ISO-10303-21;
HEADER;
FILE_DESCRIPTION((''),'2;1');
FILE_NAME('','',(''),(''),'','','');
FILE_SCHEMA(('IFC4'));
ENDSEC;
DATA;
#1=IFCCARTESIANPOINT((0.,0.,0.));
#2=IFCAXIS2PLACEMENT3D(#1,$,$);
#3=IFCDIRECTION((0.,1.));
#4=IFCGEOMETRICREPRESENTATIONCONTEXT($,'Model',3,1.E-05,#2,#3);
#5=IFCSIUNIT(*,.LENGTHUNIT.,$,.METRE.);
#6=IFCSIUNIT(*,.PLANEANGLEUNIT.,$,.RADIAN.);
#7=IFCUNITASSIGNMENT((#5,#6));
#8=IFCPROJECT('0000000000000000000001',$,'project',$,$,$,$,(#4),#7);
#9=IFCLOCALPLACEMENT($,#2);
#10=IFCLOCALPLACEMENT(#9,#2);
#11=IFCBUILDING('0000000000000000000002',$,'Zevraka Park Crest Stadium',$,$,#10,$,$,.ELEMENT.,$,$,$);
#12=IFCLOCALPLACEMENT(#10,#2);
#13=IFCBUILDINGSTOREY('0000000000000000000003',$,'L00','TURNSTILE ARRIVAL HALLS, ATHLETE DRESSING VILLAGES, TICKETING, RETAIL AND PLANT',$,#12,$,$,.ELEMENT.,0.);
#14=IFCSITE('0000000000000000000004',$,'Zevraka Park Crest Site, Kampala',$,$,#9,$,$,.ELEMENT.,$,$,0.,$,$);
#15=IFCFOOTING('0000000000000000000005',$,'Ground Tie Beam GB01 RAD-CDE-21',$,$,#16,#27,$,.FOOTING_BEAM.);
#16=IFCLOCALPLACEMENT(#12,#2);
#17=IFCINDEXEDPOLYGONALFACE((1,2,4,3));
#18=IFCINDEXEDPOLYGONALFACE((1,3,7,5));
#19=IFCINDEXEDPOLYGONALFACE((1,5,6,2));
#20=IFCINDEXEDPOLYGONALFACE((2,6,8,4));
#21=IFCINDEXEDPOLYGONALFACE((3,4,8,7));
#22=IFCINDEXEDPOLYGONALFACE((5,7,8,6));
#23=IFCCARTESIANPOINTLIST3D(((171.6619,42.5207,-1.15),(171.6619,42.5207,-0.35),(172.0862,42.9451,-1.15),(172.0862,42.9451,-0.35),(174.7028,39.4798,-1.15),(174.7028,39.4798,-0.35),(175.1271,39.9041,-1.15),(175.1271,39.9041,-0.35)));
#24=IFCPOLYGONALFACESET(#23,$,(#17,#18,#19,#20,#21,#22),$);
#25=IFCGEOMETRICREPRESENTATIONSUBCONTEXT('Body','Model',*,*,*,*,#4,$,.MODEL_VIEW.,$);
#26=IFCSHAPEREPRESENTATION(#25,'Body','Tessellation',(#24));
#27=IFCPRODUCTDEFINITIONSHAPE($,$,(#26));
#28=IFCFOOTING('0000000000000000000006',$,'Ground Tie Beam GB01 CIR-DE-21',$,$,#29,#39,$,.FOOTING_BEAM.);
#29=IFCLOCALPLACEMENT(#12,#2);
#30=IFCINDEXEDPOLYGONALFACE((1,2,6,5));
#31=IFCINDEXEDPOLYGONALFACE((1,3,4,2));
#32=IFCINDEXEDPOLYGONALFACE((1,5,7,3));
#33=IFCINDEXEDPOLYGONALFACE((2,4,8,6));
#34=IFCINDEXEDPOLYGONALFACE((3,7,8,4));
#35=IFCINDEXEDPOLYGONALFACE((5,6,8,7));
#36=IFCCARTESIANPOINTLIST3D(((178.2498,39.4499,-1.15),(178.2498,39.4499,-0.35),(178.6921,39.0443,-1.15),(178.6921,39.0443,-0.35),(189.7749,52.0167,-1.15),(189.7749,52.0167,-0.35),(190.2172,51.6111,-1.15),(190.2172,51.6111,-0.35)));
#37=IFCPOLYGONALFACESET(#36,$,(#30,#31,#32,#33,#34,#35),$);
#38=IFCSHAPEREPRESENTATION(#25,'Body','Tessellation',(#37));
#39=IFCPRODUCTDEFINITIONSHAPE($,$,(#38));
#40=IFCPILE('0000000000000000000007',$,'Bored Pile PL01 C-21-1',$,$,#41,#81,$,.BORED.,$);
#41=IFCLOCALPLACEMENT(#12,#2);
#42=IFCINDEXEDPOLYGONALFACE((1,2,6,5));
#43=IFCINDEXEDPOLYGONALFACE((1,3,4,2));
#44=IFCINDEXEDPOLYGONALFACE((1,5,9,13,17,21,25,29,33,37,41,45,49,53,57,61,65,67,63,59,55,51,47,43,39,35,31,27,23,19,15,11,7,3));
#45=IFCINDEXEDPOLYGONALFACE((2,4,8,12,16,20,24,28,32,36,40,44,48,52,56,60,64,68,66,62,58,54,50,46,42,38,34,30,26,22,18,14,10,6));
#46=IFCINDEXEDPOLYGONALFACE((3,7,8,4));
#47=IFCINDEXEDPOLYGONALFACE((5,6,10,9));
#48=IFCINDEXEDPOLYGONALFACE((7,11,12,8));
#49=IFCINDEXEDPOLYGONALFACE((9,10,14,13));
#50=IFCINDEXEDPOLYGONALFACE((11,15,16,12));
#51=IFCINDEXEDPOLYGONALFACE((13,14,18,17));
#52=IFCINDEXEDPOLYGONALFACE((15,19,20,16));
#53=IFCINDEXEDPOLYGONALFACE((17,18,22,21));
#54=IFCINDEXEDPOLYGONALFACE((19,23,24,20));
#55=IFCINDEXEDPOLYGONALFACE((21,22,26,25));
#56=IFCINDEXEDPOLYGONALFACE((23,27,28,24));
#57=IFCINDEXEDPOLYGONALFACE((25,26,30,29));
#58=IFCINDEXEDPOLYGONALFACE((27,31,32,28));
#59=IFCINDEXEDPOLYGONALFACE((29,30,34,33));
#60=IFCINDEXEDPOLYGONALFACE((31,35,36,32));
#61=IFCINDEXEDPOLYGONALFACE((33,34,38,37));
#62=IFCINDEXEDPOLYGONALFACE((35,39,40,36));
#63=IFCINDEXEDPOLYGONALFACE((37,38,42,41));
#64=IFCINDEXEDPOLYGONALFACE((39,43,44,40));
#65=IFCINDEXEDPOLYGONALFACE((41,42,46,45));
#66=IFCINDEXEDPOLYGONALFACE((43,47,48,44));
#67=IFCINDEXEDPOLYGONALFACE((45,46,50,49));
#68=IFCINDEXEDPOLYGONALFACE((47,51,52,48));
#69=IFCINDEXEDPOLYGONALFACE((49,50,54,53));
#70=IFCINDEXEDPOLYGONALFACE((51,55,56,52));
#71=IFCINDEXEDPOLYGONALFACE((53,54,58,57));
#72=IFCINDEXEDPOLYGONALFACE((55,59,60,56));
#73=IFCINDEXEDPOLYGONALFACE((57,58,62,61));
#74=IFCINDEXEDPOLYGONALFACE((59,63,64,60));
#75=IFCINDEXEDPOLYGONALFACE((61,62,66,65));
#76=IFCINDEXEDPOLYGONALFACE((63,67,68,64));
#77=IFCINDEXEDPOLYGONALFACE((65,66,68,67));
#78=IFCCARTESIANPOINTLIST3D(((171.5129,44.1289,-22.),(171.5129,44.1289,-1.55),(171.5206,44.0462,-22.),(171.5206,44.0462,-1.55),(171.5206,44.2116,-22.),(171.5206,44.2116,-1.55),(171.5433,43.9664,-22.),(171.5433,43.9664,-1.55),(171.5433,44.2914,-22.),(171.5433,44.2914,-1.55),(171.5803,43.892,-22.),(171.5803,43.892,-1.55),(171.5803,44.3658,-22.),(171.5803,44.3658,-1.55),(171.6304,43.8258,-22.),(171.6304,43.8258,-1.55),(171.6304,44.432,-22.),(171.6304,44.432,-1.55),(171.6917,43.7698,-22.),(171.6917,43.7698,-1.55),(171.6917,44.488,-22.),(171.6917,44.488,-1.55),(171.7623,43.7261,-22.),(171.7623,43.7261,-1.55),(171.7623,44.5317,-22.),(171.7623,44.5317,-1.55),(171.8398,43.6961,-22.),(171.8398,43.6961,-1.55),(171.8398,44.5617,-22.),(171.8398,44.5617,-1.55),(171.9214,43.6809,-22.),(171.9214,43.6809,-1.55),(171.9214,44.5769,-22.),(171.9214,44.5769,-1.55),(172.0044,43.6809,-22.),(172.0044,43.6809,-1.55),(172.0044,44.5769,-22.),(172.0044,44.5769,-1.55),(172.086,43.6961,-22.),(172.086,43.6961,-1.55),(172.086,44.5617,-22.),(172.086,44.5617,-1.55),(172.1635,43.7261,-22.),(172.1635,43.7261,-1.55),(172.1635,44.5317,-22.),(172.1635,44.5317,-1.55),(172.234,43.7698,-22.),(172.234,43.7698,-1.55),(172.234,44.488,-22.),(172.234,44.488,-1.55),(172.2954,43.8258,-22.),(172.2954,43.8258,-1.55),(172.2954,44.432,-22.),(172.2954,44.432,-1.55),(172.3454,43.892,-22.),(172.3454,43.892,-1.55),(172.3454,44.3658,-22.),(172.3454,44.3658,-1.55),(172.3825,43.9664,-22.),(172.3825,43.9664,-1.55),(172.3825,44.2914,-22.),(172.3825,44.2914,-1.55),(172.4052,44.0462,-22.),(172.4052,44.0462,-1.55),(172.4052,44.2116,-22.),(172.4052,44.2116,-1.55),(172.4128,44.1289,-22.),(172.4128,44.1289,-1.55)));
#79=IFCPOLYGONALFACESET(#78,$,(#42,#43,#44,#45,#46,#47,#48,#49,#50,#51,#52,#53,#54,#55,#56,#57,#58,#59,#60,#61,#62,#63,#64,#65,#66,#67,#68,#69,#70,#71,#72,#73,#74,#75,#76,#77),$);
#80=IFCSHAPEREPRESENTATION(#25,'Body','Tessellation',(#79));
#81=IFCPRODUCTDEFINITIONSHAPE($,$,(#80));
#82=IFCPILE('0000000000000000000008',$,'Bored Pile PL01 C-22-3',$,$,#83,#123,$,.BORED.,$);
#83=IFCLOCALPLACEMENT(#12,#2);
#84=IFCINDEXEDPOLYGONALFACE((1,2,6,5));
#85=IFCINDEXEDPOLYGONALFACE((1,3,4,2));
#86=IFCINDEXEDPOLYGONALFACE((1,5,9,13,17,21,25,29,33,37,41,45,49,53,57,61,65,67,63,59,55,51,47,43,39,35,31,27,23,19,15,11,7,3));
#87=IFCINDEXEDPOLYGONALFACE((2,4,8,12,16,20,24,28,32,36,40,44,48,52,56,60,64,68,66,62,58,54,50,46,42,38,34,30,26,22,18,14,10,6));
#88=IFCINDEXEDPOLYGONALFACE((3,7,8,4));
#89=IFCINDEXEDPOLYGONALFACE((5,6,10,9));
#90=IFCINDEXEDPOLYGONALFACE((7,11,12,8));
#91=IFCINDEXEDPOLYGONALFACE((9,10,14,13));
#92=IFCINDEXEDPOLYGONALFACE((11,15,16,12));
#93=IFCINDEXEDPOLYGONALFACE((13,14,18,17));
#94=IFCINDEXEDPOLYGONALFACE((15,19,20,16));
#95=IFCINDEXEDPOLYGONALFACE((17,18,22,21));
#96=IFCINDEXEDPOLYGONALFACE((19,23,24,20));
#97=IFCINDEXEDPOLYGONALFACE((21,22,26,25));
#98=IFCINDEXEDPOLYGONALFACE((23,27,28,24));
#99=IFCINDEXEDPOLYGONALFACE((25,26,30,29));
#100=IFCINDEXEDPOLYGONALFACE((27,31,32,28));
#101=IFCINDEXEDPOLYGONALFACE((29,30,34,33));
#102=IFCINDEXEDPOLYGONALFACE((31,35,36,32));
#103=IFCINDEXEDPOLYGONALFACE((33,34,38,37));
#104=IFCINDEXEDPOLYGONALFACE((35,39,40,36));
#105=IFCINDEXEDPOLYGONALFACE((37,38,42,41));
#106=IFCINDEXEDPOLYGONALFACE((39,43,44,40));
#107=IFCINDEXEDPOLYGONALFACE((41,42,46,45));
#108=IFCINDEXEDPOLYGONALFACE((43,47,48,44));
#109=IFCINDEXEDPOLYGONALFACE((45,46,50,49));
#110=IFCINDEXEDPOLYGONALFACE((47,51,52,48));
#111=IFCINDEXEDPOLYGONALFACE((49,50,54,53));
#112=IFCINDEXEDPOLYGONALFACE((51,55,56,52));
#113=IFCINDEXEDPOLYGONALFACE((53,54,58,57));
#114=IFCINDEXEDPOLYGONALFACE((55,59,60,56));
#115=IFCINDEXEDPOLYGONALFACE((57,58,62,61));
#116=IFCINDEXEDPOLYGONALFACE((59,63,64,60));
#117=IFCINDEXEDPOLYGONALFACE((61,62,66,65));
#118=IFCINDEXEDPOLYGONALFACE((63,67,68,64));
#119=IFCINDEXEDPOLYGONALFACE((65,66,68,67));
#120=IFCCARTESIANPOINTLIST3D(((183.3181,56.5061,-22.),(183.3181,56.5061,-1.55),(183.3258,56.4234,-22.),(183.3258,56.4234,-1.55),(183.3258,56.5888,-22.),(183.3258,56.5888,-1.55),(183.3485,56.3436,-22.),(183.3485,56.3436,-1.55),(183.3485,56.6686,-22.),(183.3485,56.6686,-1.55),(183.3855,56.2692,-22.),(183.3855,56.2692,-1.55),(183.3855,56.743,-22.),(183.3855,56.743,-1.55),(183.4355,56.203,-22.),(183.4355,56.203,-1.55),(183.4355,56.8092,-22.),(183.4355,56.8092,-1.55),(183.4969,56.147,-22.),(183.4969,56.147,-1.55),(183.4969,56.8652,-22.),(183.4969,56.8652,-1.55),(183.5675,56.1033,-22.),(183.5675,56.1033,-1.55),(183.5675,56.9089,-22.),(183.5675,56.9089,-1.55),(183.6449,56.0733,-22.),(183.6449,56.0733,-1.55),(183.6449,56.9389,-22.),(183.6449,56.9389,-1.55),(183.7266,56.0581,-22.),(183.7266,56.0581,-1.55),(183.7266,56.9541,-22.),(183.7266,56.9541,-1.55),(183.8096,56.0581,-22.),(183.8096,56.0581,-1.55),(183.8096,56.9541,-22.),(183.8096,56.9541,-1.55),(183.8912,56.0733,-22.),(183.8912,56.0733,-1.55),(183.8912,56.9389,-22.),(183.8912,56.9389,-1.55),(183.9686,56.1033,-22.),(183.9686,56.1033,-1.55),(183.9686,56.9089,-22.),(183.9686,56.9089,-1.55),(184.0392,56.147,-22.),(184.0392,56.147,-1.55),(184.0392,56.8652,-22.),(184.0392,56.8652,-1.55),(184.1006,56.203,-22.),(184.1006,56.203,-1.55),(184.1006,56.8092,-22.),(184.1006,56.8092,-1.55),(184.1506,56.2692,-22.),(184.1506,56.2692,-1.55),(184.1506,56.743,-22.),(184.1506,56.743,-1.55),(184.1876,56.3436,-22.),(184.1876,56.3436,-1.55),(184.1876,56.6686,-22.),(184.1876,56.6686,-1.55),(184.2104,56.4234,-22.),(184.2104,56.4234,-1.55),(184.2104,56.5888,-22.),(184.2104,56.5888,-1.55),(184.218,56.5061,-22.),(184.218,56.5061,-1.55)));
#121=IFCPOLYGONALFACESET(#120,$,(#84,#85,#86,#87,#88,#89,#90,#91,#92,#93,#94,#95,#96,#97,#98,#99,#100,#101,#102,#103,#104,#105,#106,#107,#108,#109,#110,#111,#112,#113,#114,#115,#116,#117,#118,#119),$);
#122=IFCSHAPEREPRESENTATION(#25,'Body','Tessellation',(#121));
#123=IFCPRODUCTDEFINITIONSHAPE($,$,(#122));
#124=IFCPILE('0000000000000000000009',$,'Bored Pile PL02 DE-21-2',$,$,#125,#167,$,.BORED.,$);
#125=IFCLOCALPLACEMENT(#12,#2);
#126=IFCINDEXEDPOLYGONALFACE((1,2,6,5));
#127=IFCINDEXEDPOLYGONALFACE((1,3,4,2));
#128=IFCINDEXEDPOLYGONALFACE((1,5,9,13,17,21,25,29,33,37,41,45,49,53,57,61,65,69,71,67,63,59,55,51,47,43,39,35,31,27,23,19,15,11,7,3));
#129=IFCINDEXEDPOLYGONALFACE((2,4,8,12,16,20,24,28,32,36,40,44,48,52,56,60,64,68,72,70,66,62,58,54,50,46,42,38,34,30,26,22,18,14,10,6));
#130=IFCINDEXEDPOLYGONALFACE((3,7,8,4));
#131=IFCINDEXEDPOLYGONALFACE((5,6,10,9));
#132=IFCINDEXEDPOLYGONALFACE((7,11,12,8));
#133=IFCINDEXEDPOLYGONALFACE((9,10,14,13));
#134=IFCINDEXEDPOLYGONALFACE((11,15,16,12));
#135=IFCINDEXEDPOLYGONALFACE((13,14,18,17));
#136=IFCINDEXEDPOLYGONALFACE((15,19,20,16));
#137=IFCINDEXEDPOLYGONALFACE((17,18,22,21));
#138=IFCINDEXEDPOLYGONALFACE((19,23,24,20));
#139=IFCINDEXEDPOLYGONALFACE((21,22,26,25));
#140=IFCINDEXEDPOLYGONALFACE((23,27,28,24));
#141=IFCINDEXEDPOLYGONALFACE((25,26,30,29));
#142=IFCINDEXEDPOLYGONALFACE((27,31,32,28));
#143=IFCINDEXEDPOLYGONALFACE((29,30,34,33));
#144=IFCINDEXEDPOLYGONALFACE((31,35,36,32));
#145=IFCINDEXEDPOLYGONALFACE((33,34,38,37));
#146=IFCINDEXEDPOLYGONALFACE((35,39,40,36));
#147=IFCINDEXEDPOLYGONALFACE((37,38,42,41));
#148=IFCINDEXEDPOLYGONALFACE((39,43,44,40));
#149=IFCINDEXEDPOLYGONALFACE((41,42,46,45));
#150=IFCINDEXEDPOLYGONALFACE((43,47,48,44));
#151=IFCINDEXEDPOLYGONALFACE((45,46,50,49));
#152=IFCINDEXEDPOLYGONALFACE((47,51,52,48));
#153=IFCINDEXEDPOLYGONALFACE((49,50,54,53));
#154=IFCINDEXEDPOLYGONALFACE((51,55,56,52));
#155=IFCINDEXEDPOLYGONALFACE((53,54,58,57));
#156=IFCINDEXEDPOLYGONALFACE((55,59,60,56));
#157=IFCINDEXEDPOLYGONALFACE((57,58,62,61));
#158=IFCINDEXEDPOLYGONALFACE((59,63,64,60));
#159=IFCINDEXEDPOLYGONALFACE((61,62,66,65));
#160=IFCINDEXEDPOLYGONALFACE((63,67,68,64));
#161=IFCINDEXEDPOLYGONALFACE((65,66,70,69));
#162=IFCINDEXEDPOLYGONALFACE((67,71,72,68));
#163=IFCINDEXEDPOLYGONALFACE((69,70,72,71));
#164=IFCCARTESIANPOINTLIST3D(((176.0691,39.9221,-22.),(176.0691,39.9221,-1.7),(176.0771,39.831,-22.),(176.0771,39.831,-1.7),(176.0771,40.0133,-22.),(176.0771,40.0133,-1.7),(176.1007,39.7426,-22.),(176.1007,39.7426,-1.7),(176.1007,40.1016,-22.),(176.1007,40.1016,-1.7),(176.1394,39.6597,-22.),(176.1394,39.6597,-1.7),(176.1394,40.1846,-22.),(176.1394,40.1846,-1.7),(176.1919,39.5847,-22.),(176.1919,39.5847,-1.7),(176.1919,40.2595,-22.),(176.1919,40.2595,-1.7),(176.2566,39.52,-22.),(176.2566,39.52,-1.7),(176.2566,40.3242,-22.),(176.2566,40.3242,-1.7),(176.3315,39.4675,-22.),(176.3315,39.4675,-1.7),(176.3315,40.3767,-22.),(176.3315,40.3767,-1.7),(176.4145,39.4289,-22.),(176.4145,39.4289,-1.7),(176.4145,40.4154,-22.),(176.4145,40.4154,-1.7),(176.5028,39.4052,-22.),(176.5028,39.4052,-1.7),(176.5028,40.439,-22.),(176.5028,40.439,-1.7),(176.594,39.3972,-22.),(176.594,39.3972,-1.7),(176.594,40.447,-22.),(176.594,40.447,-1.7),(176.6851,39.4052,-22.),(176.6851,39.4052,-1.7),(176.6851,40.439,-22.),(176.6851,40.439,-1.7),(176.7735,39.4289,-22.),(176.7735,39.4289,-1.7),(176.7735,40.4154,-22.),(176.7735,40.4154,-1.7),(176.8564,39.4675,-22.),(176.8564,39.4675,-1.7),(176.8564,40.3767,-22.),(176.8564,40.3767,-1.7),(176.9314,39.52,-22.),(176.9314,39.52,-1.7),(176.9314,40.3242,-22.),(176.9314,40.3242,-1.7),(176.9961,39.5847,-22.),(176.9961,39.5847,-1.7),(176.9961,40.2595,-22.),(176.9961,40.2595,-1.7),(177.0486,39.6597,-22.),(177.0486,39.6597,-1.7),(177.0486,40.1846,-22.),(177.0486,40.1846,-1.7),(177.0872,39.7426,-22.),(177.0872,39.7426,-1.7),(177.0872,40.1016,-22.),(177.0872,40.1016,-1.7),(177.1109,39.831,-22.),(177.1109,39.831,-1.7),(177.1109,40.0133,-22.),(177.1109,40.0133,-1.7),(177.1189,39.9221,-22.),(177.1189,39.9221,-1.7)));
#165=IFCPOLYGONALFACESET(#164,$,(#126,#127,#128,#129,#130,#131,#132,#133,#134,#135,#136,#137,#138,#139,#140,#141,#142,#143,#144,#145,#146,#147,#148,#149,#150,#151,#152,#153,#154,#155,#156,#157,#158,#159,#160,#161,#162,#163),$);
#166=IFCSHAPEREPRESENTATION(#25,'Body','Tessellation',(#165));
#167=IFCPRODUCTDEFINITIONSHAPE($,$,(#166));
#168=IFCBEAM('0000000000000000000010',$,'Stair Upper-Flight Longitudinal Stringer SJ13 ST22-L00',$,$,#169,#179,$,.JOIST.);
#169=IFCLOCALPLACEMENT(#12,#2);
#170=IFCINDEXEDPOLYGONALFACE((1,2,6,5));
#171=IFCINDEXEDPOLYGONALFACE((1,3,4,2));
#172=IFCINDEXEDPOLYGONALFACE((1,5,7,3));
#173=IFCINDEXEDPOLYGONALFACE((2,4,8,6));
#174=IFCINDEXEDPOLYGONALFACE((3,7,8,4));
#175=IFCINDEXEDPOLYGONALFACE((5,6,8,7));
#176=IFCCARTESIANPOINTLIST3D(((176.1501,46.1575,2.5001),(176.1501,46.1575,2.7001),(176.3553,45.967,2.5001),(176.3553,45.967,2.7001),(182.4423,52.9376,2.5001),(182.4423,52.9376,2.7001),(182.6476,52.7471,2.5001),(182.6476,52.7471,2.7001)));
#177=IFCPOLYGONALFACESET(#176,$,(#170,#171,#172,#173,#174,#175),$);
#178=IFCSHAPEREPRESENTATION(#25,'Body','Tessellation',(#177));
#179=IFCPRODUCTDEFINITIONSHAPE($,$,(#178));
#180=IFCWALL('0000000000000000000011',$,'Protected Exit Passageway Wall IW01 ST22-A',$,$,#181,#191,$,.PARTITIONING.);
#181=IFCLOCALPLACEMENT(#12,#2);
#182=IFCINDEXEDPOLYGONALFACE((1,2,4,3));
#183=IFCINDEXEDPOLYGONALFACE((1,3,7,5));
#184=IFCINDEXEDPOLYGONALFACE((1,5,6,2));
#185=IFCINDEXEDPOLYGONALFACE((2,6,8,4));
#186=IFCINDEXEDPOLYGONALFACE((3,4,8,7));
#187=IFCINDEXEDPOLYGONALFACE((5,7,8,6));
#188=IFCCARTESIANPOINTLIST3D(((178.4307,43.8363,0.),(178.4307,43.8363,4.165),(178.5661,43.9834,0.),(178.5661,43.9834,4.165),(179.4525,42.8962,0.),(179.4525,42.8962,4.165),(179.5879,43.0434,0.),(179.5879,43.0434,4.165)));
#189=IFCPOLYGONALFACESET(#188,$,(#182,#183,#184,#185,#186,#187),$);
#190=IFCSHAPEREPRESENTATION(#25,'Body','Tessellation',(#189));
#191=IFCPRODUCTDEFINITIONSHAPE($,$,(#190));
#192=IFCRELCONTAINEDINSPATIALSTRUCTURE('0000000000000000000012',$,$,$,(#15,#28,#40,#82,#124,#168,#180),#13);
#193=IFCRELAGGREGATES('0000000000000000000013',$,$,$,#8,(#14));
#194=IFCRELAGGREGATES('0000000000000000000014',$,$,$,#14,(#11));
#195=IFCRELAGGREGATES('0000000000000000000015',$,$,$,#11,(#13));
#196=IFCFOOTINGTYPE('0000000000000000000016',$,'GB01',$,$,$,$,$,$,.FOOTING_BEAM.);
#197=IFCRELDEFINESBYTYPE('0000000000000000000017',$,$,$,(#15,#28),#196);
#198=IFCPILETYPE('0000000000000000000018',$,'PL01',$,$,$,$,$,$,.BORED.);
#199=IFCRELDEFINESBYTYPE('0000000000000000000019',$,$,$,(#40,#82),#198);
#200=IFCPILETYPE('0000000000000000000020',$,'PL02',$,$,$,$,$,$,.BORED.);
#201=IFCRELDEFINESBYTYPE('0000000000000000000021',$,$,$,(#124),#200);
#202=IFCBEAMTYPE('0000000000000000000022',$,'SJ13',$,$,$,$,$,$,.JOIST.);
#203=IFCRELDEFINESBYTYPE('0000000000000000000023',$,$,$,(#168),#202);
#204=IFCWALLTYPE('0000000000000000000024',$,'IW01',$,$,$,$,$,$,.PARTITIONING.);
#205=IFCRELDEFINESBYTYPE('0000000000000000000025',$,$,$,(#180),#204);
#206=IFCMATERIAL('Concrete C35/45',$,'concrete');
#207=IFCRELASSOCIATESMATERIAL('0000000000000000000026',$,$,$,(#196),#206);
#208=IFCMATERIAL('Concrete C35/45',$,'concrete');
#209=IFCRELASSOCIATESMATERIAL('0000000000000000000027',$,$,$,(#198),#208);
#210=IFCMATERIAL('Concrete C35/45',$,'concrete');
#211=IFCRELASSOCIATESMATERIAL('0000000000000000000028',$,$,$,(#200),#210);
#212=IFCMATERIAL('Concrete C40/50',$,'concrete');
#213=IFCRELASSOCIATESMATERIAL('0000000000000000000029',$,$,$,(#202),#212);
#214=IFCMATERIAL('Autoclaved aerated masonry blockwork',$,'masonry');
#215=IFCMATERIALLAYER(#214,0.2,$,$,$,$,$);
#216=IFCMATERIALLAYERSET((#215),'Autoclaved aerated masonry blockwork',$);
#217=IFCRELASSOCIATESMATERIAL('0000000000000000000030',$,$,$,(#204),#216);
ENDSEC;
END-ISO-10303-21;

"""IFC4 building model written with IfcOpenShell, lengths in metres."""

from ifc_helpers import new_model, si_unit, direction, frame, frame_2d, origin, origin_2d, place, context, subcontext, project, spatial, rectangle, circle, extrude, material, layer, layer_set, material_profile, profile_set, type_object, element, save


model = new_model("IFC4")

# Units and contexts
model_context = context("Model", 3, precision=1e-05, world=origin(), true_north=direction((0.0, 1.0)))
body_context = subcontext(model_context, "Body", "Model", "MODEL_VIEW")
ifc_project = project(units=[si_unit("LENGTHUNIT", "METRE"), si_unit("PLANEANGLEUNIT", "RADIAN")], contexts=[model_context])

# Site, building, storey
site_placement = place(None, origin())
site = spatial("IfcSite", under=ifc_project, at=site_placement, Name="Zevraka Park Crest Site, Kampala", CompositionType="ELEMENT", RefElevation=0.0)
building_placement = place(site_placement, origin())
building = spatial("IfcBuilding", under=site, at=building_placement, Name="Zevraka Park Crest Stadium", CompositionType="ELEMENT")
storey_placement = place(building_placement, origin())
storey = spatial("IfcBuildingStorey", under=building, at=storey_placement, Name="L00", Description="TURNSTILE ARRIVAL HALLS, ATHLETE DRESSING VILLAGES, TICKETING, RETAIL AND PLANT", CompositionType="ELEMENT", Elevation=0.0)

# Footings
ifc_material_1 = material(Name="Concrete C35/45", Category="concrete")
ifc_material_profile_1 = material_profile(ifc_material_1, rectangle(XDim=0.6001, YDim=0.8, at=origin_2d()), Name="GB 800x600")
ifc_profile_set_1 = profile_set([ifc_material_profile_1], Name="Concrete C35/45")
footing_type = type_object("IfcFootingType", Name="GB01", PredefinedType="FOOTING_BEAM", material=ifc_profile_set_1)
footing_1_placement = place(storey_placement, frame((171.874, 42.7329, -0.75), z_axis=(0.707107, -0.707107, 0.0), x_axis=(0.707107, 0.707107, 0.0)))
element("IfcFooting", 1, at=footing_1_placement, inside=storey, type_object=footing_type, Name="Ground Tie Beam GB01 RAD-CDE-21", PredefinedType="FOOTING_BEAM", context=body_context, shape_type="SweptSolid", body=[
    extrude(rectangle(XDim=0.6001, YDim=0.8, at=origin_2d()), origin(), (0.0, 0.0, 1.0), 4.3005),
])
footing_2_placement = place(storey_placement, frame((178.4709, 39.2471, -0.75), z_axis=(0.6759, 0.736994, 0.0), x_axis=(-0.736994, 0.6759, 0.0)))
element("IfcFooting", 2, at=footing_2_placement, inside=storey, type_object=footing_type, Name="Ground Tie Beam GB01 CIR-DE-21", PredefinedType="FOOTING_BEAM", context=body_context, shape_type="SweptSolid", body=[
    extrude(rectangle(XDim=0.6001, YDim=0.8, at=origin_2d()), origin(), (0.0, 0.0, 1.0), 17.0515),
])

# Piles
ifc_material_2 = material(Name="Concrete C35/45", Category="concrete")
ifc_material_profile_2 = material_profile(ifc_material_2, circle(Radius=0.45, at=origin_2d()), Name="PILE D900")
ifc_profile_set_2 = profile_set([ifc_material_profile_2], Name="Concrete C35/45")
pile_type_1 = type_object("IfcPileType", Name="PL01", PredefinedType="BORED", material=ifc_profile_set_2)
for number, where, z_axis, x_axis, name in (
    (3, (171.9629, 44.1289, -1.55), (0.0, 0.0, -1.0), (1.0, 0.0, 0.0), "Bored Pile PL01 C-21-1"),
    (4, (183.7681, 56.5061, -1.55), (0.0, 0.0, -1.0), (1.0, 0.0, 0.0), "Bored Pile PL01 C-22-3"),
):
    element("IfcPile", number, at=place(storey_placement, frame(where, z_axis=z_axis, x_axis=x_axis)), inside=storey, type_object=pile_type_1, Name=name, PredefinedType="BORED", context=body_context, shape_type="SweptSolid", body=[
        extrude(circle(Radius=0.45, at=origin_2d()), origin(), (0.0, 0.0, 1.0), 20.45),
    ])
ifc_material_3 = material(Name="Concrete C35/45", Category="concrete")
ifc_material_profile_3 = material_profile(ifc_material_3, circle(Radius=0.5249, at=origin_2d()), Name="PILE D1050")
ifc_profile_set_3 = profile_set([ifc_material_profile_3], Name="Concrete C35/45")
pile_type_2 = type_object("IfcPileType", Name="PL02", PredefinedType="BORED", material=ifc_profile_set_3)
pile_placement = place(storey_placement, frame((176.594, 39.9221, -1.7), z_axis=(0.0, 0.0, -1.0), x_axis=(1.0, 0.0, 0.0)))
element("IfcPile", 5, at=pile_placement, inside=storey, type_object=pile_type_2, Name="Bored Pile PL02 DE-21-2", PredefinedType="BORED", context=body_context, shape_type="SweptSolid", body=[
    extrude(circle(Radius=0.5249, at=origin_2d()), origin(), (0.0, 0.0, 1.0), 20.3),
])

# Beam
ifc_material_4 = material(Name="Concrete C40/50", Category="concrete")
ifc_material_profile_4 = material_profile(ifc_material_4, rectangle(XDim=0.28, YDim=0.2, at=origin_2d()), Name="RC 200x280")
ifc_profile_set_4 = profile_set([ifc_material_profile_4], Name="Concrete C40/50")
beam_type = type_object("IfcBeamType", Name="SJ13", PredefinedType="JOIST", material=ifc_profile_set_4)
beam_placement = place(storey_placement, frame((176.2527, 46.0623, 2.6001), z_axis=(0.680248, 0.732982, 0.0), x_axis=(-0.732982, 0.680248, 0.0)))
element("IfcBeam", 6, at=beam_placement, inside=storey, type_object=beam_type, Name="Stair Upper-Flight Longitudinal Stringer SJ13 ST22-L00", PredefinedType="JOIST", context=body_context, shape_type="SweptSolid", body=[
    extrude(rectangle(XDim=0.28, YDim=0.2, at=origin_2d()), origin(), (0.0, 0.0, 1.0), 9.25),
])

# Wall
ifc_material_5 = material(Name="Autoclaved aerated masonry blockwork", Category="masonry")
ifc_layer_1 = layer(ifc_material_5, 0.2)
ifc_layer_set_1 = layer_set([ifc_layer_1], Name="Autoclaved aerated masonry blockwork")
wall_type_1 = type_object("IfcWallType", Name="IW01", PredefinedType="PARTITIONING", material=ifc_layer_set_1)
wall_1_placement = place(storey_placement, frame((178.4983, 43.9099, 0.0), z_axis=(0.0, 0.0, 1.0), x_axis=(0.735949, -0.677037, 0.0)))
element("IfcWall", 7, at=wall_1_placement, inside=storey, type_object=wall_type_1, Name="Protected Exit Passageway Wall IW01 ST22-A", PredefinedType="PARTITIONING", context=body_context, shape_type="SweptSolid", body=[
    extrude(rectangle(XDim=1.3884, YDim=0.2, at=frame_2d((0.6943, 0.0))), origin(), (0.0, 0.0, 1.0), 4.165),
])

save(model, "model.ifc")
